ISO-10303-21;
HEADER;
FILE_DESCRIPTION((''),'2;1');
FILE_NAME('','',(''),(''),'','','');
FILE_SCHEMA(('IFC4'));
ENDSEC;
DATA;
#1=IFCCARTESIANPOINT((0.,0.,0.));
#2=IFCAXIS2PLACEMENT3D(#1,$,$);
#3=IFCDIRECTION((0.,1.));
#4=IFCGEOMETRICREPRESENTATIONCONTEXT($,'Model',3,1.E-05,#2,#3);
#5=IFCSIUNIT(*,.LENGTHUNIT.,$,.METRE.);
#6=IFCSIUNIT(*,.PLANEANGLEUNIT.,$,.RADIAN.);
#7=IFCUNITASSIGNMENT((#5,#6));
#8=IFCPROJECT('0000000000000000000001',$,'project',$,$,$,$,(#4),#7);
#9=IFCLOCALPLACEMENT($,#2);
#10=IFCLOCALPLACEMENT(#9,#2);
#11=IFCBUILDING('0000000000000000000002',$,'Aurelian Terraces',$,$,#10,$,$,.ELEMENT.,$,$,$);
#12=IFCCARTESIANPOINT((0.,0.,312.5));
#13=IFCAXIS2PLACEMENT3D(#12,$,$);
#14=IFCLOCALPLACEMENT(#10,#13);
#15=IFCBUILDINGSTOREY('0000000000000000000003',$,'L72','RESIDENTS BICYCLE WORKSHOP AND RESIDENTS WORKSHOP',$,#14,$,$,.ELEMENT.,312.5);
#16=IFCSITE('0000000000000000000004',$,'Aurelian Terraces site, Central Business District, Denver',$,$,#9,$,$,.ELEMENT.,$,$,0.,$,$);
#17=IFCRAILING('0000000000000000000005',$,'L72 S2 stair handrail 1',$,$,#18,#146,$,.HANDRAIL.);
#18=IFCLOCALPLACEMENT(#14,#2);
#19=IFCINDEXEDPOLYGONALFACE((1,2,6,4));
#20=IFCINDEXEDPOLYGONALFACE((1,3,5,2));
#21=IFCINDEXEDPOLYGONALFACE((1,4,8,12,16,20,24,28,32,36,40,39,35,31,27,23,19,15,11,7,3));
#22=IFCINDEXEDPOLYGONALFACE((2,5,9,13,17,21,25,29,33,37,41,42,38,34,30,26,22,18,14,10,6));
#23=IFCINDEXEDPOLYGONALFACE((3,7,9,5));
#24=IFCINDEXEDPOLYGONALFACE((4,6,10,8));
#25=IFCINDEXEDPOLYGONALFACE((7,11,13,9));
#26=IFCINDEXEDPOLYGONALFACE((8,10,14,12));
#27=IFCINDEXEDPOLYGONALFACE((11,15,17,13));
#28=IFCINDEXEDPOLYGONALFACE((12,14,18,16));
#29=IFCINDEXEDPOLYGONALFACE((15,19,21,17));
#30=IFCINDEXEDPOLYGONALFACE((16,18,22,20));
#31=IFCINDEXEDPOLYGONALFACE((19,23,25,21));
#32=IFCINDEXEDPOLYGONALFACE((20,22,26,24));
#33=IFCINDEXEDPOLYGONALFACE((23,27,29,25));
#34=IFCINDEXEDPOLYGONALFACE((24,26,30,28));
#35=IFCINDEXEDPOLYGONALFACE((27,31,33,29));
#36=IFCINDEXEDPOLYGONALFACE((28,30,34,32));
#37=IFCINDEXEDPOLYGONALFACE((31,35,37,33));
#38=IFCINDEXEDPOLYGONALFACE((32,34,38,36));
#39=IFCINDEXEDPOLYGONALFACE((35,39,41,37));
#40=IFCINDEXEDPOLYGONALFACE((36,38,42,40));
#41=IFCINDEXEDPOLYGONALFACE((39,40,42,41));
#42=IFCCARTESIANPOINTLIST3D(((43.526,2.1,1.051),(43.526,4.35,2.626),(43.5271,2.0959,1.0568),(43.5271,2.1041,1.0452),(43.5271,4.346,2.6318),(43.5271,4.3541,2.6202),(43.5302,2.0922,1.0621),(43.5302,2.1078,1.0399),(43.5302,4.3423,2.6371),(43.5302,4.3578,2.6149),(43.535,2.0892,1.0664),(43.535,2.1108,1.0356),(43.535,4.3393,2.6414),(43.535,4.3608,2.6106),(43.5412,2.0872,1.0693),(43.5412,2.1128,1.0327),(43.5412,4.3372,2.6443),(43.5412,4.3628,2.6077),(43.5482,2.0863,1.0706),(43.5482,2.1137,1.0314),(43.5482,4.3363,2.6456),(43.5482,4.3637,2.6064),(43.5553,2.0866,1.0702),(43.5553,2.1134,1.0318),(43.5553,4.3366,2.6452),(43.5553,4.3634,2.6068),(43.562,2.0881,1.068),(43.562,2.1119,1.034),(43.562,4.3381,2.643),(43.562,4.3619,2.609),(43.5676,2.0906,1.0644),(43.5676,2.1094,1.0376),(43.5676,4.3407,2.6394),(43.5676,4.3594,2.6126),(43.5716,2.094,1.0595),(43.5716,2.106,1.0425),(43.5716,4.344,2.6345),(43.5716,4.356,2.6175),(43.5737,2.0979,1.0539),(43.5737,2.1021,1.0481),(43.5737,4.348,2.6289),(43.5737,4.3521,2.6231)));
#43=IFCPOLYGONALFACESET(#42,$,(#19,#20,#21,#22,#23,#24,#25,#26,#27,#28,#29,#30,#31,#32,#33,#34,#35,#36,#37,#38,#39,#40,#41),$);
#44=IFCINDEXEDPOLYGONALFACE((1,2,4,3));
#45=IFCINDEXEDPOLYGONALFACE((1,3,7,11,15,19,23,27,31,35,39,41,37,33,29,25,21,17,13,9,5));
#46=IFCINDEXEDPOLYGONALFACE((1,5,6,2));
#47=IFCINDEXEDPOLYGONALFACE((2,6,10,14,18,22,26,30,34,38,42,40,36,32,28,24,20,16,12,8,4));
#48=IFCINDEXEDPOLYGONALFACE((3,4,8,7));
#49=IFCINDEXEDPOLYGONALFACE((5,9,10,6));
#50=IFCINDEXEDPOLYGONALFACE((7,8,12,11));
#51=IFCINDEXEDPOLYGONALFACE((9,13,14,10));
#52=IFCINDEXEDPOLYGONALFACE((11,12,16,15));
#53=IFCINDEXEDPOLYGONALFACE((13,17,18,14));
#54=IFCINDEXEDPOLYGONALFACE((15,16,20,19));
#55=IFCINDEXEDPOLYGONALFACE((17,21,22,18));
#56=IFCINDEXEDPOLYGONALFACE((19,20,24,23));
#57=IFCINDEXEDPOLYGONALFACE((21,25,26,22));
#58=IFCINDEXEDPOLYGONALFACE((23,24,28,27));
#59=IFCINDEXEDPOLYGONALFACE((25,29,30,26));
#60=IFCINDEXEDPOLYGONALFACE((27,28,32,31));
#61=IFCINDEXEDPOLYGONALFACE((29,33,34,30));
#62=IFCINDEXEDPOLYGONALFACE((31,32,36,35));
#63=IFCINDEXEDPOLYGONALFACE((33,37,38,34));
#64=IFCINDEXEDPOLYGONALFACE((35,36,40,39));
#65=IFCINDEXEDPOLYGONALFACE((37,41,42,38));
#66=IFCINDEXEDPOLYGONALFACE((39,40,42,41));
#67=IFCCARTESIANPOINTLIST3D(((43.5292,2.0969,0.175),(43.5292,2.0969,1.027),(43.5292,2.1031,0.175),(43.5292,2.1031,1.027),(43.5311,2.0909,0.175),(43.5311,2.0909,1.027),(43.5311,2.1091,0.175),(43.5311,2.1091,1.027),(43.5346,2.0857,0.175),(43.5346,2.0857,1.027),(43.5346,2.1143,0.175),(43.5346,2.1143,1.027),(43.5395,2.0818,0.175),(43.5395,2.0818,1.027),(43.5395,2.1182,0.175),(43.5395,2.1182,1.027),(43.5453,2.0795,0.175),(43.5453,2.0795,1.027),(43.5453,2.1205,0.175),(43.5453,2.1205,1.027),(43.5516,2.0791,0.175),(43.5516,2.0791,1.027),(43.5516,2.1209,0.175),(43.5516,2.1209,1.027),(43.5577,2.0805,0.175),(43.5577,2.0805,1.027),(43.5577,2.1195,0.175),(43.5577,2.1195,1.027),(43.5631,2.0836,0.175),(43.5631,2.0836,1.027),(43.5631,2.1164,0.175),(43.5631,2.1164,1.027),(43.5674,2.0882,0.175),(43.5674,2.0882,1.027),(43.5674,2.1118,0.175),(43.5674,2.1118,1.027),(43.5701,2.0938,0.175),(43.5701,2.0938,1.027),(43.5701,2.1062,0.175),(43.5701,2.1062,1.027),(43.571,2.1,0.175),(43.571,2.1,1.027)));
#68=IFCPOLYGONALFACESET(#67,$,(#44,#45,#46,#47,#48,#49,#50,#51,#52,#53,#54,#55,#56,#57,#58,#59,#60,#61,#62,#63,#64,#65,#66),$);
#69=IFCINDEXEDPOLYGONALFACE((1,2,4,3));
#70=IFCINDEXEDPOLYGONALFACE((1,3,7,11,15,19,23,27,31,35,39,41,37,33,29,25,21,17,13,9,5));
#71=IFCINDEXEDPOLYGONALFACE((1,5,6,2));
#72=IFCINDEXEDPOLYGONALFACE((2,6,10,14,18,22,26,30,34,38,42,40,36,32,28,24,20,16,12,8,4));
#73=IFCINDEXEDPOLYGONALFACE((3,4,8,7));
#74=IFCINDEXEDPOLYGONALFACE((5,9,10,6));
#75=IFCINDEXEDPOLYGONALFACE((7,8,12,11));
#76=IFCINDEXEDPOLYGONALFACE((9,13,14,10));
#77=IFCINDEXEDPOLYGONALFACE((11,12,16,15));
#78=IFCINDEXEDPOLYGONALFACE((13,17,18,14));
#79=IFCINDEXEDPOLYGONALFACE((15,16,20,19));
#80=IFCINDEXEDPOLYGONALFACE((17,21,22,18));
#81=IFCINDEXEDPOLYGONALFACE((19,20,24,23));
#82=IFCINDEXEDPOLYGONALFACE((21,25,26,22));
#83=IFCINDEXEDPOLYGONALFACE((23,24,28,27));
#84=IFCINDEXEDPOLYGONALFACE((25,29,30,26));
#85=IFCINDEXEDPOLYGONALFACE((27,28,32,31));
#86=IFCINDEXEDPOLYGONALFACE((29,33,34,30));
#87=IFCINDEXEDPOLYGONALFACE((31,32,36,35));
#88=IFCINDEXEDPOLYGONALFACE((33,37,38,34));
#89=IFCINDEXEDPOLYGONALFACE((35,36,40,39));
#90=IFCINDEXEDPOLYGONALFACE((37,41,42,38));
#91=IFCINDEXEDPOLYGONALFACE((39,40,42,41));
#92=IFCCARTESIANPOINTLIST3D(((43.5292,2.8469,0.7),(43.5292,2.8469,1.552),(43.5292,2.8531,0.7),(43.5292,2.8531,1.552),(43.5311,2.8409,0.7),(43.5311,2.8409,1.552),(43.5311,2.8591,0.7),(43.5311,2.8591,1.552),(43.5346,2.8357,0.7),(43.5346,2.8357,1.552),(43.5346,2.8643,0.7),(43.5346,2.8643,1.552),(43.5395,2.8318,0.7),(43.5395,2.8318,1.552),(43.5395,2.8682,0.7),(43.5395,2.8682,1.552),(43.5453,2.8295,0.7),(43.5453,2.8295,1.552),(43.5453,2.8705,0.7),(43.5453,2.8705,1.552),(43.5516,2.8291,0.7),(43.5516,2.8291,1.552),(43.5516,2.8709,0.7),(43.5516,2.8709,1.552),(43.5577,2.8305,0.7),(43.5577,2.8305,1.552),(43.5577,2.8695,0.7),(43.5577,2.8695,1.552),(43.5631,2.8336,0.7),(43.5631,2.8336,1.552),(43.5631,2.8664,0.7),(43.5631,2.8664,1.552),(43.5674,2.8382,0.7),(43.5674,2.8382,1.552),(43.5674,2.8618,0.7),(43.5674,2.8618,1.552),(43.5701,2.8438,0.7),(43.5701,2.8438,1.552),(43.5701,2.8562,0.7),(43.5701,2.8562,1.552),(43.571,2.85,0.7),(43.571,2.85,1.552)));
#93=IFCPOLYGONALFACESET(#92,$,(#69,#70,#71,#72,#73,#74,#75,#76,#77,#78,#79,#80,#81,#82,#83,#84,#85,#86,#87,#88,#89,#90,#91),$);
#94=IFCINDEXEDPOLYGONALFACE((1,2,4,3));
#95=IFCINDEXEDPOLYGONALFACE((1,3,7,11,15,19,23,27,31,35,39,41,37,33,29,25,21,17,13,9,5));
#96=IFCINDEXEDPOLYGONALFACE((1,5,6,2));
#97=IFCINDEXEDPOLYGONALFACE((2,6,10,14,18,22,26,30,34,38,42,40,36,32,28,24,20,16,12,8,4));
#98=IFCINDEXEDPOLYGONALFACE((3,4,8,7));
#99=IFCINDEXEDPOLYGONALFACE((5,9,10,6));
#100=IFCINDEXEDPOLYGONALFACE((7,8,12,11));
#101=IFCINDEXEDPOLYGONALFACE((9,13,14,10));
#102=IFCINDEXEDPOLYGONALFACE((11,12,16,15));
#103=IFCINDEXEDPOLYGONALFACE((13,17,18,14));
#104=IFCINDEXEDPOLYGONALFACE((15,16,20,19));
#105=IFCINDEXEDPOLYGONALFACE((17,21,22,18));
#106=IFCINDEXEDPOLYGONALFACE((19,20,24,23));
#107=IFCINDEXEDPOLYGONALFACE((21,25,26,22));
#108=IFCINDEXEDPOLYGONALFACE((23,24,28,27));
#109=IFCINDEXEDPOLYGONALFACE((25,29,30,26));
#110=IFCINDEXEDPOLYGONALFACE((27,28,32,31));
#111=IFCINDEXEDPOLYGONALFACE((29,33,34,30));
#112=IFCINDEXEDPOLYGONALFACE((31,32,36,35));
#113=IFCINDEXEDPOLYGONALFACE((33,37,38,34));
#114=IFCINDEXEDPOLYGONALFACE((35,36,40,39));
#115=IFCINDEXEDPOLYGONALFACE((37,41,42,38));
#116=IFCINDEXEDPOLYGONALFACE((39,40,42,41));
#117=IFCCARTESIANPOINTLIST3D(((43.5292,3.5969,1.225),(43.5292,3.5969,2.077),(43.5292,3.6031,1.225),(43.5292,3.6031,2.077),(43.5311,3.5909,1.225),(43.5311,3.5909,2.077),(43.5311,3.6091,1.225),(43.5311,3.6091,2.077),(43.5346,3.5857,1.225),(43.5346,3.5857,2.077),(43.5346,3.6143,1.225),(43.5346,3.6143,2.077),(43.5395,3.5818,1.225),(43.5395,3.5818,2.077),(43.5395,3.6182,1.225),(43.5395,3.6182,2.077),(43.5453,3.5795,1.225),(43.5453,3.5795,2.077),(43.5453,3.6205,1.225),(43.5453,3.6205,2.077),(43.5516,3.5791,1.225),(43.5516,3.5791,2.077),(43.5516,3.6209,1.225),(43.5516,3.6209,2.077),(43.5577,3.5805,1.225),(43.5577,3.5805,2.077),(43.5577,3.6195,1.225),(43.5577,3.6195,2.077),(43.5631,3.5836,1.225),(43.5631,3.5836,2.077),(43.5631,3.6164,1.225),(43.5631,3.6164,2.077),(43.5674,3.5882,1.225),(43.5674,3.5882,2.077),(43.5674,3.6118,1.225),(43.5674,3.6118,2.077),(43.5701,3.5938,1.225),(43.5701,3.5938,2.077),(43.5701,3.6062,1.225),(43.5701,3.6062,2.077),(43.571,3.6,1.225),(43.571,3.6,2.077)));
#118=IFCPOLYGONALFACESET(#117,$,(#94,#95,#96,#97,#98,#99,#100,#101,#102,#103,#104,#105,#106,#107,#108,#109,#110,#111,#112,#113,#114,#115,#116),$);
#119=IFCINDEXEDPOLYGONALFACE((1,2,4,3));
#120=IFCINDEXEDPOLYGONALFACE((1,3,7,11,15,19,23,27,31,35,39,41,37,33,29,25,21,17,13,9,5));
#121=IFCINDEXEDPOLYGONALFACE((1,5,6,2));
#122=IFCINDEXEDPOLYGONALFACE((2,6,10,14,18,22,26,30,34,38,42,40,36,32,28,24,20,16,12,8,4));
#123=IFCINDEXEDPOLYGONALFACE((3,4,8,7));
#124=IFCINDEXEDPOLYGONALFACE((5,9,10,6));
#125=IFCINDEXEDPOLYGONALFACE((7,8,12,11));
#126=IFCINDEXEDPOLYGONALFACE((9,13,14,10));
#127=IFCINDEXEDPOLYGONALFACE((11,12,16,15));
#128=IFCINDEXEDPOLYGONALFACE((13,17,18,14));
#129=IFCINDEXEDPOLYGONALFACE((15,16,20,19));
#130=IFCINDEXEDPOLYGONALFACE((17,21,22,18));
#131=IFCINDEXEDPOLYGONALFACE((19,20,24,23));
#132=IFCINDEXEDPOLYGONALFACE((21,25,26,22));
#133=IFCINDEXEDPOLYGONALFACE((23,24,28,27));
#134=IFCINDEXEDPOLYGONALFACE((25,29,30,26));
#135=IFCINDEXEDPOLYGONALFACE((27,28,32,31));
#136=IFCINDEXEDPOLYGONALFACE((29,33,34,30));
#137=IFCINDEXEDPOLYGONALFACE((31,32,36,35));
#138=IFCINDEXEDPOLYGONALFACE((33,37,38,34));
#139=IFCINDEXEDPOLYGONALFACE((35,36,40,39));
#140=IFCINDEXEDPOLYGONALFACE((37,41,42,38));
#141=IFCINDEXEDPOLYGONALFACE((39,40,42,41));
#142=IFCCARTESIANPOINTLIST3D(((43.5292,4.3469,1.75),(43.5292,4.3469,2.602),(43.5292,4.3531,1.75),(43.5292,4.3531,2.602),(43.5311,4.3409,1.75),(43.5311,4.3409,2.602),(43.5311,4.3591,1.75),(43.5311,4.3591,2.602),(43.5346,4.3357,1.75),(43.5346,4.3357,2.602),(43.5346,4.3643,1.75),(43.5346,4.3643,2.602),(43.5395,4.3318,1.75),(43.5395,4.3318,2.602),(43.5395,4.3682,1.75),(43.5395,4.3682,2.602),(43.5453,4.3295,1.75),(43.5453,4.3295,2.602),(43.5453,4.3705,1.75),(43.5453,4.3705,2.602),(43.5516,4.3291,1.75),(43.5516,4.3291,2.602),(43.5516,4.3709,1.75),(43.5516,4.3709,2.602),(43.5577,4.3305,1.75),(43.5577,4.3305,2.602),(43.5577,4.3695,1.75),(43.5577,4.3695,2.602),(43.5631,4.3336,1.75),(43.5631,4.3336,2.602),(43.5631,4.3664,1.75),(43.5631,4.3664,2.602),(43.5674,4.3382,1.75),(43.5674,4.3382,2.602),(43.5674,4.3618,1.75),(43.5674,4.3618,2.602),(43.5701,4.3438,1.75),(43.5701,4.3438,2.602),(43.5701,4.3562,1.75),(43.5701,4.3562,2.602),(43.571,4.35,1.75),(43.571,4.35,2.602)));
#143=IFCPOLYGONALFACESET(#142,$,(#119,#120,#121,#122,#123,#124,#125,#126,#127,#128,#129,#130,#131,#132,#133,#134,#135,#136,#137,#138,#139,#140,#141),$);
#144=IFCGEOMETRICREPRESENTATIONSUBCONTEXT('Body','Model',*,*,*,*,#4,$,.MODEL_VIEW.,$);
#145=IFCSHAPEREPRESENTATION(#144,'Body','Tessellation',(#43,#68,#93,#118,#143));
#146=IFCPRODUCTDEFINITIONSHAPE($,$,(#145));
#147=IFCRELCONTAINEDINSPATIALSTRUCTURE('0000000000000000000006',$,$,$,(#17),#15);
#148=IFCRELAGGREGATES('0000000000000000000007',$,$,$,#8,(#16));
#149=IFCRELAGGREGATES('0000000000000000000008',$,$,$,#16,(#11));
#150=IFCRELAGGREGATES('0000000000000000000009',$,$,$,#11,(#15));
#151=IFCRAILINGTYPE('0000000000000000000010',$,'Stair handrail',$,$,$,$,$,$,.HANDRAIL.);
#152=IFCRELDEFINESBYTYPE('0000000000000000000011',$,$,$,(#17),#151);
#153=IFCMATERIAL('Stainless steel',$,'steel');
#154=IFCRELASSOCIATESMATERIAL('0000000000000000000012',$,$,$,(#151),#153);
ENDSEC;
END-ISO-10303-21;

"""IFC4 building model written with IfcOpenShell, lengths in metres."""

from ifc_helpers import new_model, si_unit, direction, frame, origin, origin_2d, place, context, subcontext, project, spatial, circle, extrude, source, transform, mapped, material, type_object, element, save


model = new_model("IFC4")

# Units and contexts
model_context = context("Model", 3, precision=1e-05, world=origin(), true_north=direction((0.0, 1.0)))
body_context = subcontext(model_context, "Body", "Model", "MODEL_VIEW")
ifc_project = project(units=[si_unit("LENGTHUNIT", "METRE"), si_unit("PLANEANGLEUNIT", "RADIAN")], contexts=[model_context])

# Site, building, storey
site_placement = place(None, origin())
site = spatial("IfcSite", under=ifc_project, at=site_placement, Name="Aurelian Terraces site, Central Business District, Denver", CompositionType="ELEMENT", RefElevation=0.0)
building_placement = place(site_placement, origin())
building = spatial("IfcBuilding", under=site, at=building_placement, Name="Aurelian Terraces", CompositionType="ELEMENT")
storey_placement = place(building_placement, frame((0.0, 0.0, 312.5)))
storey = spatial("IfcBuildingStorey", under=building, at=storey_placement, Name="L72", Description="RESIDENTS BICYCLE WORKSHOP AND RESIDENTS WORKSHOP", CompositionType="ELEMENT", Elevation=312.5)

# Railing
ifc_material_1 = material(Name="Stainless steel", Category="steel")
railing_type_1 = type_object("IfcRailingType", Name="Stair handrail", PredefinedType="HANDRAIL", material=ifc_material_1)
shared_shape_1 = source(origin(), body_context, "Body", "SweptSolid", [
    extrude(circle(Radius=0.024, at=origin_2d()), frame((0.0, 0.0, 0.876), z_axis=(0.0, 0.819232, 0.573462), x_axis=(-1.0, 0.0, 0.0)), (0.0, 0.0, 1.0), 2.7465),
    extrude(circle(Radius=0.021, at=origin_2d()), origin(), (0.0, 0.0, 1.0), 0.852),
    extrude(circle(Radius=0.021, at=origin_2d()), frame((0.0, 0.75, 0.525)), (0.0, 0.0, 1.0), 0.852),
    extrude(circle(Radius=0.021, at=origin_2d()), frame((0.0, 1.5, 1.05)), (0.0, 0.0, 1.0), 0.852),
    extrude(circle(Radius=0.021, at=origin_2d()), frame((0.0, 2.25, 1.575)), (0.0, 0.0, 1.0), 0.852),
])
railing_1_placement = place(storey_placement, frame((43.55, 2.1, 0.175)))
element("IfcRailing", 1, at=railing_1_placement, inside=storey, type_object=railing_type_1, Name="L72 S2 stair handrail 1", PredefinedType="HANDRAIL", context=body_context, shape_type="MappedRepresentation", body=[
    mapped(shared_shape_1, transform((0.0, 0.0, 0.0), scale=1.0)),
])

save(model, "model.ifc")
